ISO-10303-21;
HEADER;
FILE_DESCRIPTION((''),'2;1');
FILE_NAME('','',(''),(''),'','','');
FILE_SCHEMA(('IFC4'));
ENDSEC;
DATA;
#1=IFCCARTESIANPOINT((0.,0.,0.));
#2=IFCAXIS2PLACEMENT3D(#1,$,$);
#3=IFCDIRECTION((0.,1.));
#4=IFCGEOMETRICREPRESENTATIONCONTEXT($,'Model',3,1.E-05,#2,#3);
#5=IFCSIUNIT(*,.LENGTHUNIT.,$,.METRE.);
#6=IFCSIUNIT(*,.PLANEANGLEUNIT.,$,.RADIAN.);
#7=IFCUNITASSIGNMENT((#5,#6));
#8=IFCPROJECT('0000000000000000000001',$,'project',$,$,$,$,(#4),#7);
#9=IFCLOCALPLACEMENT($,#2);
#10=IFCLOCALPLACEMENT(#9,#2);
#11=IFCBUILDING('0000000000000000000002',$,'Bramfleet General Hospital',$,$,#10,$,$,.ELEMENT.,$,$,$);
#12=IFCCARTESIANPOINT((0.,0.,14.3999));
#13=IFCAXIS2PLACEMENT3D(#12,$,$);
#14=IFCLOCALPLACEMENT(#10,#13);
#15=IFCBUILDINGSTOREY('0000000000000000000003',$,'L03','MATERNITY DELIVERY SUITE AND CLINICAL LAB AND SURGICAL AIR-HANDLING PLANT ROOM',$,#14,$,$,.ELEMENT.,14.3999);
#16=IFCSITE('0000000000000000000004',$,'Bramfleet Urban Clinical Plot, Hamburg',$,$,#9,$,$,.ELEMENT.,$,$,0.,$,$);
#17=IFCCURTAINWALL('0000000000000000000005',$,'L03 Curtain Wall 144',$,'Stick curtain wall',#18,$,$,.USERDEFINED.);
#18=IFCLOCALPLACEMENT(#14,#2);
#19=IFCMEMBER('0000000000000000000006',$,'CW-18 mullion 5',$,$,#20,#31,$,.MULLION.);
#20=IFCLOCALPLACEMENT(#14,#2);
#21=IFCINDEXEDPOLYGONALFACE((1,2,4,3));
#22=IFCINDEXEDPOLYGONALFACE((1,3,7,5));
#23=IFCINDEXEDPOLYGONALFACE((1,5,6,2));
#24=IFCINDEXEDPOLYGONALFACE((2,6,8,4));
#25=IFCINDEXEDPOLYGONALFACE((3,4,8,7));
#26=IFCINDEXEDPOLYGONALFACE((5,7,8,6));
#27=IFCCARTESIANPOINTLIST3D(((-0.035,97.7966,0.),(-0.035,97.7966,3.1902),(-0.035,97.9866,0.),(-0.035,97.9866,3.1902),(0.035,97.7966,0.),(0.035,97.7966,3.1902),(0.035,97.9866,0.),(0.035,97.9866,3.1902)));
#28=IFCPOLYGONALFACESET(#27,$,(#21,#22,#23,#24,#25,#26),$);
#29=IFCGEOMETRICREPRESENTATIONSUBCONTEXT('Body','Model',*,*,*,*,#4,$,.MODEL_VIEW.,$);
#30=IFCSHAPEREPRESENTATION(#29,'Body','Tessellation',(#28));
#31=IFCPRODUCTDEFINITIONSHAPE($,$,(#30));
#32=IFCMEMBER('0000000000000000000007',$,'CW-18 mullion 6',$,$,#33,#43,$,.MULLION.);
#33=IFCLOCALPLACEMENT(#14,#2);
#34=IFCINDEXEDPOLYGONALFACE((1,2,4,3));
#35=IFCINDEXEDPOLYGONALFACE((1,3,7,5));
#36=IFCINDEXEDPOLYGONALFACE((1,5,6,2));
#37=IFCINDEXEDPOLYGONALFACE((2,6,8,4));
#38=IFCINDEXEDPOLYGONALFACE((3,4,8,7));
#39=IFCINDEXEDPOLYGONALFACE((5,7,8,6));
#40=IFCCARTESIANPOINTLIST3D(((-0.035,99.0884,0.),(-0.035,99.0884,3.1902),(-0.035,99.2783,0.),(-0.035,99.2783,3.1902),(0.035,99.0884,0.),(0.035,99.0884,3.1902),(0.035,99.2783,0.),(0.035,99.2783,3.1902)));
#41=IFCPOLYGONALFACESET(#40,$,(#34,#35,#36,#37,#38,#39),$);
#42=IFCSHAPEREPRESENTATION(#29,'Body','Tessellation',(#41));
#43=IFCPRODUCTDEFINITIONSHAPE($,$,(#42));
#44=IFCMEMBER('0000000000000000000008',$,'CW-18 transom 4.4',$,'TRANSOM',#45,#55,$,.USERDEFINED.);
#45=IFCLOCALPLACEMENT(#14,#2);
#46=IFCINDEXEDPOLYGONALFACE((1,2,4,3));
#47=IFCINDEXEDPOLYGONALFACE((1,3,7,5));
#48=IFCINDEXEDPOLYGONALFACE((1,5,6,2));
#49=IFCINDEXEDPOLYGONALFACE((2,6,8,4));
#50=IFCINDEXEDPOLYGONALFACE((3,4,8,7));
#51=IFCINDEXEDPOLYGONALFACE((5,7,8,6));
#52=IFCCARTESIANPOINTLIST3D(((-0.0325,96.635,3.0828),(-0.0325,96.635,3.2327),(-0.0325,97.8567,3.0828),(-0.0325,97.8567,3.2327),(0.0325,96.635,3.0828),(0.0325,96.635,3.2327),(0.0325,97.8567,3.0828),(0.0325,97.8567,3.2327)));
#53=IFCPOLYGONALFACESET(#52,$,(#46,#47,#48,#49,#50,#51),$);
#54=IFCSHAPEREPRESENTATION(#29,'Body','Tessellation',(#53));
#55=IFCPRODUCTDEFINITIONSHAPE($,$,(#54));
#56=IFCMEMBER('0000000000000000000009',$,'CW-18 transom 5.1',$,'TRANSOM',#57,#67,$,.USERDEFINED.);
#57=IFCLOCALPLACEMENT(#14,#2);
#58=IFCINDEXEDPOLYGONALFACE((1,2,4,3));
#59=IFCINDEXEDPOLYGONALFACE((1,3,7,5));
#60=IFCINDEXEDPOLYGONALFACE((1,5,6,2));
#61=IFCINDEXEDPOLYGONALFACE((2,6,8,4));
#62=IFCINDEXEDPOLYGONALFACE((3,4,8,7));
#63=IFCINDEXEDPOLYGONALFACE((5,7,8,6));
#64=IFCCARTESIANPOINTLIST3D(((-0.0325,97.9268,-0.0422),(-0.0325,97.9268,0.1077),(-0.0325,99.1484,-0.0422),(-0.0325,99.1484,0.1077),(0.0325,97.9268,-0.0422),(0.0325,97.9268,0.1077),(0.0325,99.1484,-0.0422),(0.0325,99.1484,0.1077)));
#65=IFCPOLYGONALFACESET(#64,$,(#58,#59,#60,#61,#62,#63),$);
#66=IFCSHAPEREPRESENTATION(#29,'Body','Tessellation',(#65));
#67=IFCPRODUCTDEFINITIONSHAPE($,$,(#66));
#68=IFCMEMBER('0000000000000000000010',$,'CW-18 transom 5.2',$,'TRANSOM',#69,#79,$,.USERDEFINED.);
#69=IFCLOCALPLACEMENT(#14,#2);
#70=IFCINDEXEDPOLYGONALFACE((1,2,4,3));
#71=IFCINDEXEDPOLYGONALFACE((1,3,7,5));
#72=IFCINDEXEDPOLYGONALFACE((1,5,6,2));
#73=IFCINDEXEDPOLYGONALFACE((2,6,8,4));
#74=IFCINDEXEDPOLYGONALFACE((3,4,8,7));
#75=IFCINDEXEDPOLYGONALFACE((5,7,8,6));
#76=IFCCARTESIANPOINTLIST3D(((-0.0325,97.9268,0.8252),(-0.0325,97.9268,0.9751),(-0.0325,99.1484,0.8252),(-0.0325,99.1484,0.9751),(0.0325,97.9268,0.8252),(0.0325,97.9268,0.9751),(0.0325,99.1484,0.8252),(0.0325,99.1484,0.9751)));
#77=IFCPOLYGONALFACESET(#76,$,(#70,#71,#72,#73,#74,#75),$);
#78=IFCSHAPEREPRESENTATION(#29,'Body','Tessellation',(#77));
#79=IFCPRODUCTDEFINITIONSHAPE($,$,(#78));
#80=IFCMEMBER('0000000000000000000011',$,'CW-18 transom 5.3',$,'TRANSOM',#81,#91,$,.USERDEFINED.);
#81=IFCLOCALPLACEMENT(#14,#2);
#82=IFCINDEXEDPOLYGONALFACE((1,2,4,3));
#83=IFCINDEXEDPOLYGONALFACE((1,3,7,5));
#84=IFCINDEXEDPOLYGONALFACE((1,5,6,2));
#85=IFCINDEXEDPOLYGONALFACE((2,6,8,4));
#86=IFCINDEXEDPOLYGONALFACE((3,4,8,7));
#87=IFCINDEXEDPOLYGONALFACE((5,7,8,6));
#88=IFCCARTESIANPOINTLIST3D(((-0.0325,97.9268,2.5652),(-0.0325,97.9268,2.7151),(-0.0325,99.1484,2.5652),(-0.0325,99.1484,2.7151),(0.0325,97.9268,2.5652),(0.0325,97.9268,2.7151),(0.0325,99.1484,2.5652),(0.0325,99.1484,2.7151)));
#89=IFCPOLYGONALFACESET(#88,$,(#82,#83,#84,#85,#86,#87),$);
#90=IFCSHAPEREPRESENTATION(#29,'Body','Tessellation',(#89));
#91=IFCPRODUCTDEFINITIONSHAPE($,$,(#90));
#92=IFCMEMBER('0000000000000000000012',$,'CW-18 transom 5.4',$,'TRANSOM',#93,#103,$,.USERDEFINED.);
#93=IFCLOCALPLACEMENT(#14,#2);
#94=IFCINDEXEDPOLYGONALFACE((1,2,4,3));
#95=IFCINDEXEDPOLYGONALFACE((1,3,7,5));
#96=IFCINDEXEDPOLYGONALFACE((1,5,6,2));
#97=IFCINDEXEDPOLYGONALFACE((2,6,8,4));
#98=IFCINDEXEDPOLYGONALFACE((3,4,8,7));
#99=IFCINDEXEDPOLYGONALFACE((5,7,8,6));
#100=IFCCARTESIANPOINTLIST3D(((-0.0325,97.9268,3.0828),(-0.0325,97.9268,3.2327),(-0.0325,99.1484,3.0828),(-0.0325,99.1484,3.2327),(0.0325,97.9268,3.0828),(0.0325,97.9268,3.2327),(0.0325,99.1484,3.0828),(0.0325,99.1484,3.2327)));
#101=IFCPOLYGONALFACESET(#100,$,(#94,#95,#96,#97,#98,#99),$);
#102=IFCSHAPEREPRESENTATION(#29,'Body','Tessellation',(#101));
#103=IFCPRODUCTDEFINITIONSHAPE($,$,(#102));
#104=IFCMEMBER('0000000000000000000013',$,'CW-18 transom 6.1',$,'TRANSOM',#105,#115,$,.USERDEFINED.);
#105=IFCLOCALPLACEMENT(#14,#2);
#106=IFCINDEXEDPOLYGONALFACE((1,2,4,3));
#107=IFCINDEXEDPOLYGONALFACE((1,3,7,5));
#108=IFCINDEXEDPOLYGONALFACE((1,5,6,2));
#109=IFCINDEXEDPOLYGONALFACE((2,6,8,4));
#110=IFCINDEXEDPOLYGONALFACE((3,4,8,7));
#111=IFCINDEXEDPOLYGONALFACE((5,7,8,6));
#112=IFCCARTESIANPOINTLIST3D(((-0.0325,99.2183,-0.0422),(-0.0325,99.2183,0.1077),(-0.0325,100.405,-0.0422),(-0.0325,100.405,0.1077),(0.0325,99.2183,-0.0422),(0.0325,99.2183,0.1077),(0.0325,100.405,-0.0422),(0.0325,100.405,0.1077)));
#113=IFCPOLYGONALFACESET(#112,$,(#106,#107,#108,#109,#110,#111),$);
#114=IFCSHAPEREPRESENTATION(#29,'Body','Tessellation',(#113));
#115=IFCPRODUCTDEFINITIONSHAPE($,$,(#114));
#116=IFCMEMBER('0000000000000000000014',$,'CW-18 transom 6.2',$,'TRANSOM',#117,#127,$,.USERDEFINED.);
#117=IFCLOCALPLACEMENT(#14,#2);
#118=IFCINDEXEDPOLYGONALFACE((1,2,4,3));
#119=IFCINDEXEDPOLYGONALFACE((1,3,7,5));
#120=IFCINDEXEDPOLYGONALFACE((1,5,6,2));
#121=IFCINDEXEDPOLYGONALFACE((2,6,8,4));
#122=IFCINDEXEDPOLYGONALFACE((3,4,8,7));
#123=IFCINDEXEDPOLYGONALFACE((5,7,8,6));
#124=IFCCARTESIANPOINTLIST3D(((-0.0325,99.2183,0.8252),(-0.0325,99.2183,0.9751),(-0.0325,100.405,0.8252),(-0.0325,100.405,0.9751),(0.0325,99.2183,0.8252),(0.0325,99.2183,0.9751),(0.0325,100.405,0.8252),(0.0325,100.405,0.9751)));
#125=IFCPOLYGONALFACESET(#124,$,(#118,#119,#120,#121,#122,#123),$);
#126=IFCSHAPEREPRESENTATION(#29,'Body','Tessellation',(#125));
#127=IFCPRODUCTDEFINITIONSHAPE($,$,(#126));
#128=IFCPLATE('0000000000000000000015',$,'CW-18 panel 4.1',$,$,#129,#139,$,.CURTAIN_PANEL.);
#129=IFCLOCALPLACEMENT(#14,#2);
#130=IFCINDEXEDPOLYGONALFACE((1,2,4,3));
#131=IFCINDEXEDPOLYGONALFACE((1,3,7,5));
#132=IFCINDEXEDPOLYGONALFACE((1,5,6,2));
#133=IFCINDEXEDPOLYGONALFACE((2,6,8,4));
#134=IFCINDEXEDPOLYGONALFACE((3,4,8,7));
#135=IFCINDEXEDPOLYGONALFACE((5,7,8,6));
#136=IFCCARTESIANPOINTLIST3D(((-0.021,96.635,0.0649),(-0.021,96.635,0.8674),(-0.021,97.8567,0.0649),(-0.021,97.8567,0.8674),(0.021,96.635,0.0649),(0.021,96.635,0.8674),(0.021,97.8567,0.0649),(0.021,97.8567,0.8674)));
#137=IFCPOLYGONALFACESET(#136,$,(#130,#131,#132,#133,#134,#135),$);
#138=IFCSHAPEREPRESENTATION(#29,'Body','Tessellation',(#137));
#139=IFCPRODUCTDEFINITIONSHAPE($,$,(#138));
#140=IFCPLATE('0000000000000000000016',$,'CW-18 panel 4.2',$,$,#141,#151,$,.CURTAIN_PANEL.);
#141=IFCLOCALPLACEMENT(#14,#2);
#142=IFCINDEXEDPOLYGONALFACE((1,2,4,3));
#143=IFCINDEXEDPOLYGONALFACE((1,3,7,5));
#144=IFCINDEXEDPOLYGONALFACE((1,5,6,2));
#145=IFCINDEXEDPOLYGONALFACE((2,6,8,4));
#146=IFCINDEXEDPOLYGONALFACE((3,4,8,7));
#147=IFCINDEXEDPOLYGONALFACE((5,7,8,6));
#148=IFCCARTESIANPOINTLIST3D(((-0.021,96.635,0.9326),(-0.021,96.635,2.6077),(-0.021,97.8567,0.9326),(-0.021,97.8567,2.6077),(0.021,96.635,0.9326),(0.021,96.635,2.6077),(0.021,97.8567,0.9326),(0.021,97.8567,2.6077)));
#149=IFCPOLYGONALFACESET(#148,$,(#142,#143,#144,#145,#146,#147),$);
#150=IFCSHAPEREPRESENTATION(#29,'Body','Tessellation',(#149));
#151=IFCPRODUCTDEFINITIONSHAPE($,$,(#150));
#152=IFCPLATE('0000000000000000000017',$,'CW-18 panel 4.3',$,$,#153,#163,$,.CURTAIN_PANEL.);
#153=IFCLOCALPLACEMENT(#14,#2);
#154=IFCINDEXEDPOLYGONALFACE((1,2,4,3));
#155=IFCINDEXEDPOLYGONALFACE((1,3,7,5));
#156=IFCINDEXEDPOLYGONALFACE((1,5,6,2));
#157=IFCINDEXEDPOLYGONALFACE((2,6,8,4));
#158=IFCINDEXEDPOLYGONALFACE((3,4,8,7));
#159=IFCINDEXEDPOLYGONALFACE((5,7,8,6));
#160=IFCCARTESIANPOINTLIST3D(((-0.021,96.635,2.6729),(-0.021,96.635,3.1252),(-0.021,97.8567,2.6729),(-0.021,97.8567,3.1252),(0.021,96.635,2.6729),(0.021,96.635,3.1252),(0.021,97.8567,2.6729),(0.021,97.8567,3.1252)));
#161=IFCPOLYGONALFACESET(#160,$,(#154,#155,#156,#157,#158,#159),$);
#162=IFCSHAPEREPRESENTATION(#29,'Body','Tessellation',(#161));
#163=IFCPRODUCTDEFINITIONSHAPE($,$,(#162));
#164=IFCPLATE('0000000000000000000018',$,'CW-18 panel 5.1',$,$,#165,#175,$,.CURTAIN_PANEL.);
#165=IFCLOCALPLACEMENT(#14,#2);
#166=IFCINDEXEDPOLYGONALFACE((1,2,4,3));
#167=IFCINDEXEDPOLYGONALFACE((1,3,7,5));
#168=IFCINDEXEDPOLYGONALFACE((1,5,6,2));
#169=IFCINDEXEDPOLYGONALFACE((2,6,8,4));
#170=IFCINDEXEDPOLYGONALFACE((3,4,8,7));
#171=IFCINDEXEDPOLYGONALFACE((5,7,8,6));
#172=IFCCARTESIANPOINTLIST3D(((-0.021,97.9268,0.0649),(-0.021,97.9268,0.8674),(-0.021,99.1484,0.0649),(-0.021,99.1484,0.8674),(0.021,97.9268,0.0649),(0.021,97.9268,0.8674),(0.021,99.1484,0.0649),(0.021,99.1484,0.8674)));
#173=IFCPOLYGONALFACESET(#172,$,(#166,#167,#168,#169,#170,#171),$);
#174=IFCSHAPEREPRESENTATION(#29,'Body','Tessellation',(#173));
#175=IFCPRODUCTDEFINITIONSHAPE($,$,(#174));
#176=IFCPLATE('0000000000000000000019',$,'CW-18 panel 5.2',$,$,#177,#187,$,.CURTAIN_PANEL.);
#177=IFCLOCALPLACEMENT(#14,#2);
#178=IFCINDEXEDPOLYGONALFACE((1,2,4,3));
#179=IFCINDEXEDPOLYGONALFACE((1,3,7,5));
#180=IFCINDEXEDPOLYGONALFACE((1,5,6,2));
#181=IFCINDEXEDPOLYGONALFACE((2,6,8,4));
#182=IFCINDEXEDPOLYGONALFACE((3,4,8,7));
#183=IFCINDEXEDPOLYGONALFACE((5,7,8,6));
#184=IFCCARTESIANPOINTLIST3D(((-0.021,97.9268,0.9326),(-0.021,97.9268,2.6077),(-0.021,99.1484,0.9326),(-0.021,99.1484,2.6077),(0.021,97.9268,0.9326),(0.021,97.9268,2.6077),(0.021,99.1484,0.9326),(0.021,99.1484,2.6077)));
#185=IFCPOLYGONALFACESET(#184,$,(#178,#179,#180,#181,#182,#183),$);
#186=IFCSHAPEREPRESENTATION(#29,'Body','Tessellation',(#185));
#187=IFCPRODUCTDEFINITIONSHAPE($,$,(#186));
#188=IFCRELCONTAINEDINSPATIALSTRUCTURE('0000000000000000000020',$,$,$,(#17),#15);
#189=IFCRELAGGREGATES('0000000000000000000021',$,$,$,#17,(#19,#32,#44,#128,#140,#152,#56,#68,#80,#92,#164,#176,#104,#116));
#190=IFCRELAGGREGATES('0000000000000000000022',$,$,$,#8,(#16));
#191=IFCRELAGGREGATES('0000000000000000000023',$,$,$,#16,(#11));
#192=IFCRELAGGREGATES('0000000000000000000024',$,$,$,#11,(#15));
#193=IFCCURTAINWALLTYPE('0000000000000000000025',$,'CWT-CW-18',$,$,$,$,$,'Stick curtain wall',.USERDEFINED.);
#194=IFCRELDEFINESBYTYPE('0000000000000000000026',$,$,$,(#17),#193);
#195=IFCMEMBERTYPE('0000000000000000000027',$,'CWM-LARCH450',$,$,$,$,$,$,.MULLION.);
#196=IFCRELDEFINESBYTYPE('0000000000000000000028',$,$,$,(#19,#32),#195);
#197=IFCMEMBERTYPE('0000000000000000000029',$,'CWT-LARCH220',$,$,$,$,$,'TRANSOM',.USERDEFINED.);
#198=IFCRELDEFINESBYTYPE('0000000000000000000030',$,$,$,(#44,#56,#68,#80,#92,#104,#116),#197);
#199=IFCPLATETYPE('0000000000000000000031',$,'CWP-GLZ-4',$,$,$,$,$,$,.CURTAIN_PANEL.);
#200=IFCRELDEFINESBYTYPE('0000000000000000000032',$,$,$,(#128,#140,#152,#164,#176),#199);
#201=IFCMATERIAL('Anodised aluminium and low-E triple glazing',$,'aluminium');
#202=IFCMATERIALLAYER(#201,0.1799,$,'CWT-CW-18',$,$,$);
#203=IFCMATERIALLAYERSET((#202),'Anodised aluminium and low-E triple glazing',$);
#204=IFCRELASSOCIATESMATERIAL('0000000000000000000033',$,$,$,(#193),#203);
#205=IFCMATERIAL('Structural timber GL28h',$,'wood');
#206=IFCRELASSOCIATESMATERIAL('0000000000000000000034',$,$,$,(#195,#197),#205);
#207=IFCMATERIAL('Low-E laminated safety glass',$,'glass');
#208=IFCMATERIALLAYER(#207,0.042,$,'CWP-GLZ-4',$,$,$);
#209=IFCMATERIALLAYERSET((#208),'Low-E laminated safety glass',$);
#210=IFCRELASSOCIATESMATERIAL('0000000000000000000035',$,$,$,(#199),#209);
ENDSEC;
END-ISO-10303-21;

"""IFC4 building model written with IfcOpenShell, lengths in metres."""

from ifc_helpers import new_model, si_unit, direction, frame, origin, origin_2d, place, context, subcontext, project, spatial, rectangle, extrude, material, layer, layer_set, material_profile, profile_set, type_object, element, aggregate, save


model = new_model("IFC4")

# Units and contexts
model_context = context("Model", 3, precision=1e-05, world=origin(), true_north=direction((0.0, 1.0)))
body_context = subcontext(model_context, "Body", "Model", "MODEL_VIEW")
ifc_project = project(units=[si_unit("LENGTHUNIT", "METRE"), si_unit("PLANEANGLEUNIT", "RADIAN")], contexts=[model_context])

# Site, building, storey
site_placement = place(None, origin())
site = spatial("IfcSite", under=ifc_project, at=site_placement, Name="Bramfleet Urban Clinical Plot, Hamburg", CompositionType="ELEMENT", RefElevation=0.0)
building_placement = place(site_placement, origin())
building = spatial("IfcBuilding", under=site, at=building_placement, Name="Bramfleet General Hospital", CompositionType="ELEMENT")
storey_placement = place(building_placement, frame((0.0, 0.0, 14.3999)))
storey = spatial("IfcBuildingStorey", under=building, at=storey_placement, Name="L03", Description="MATERNITY DELIVERY SUITE AND CLINICAL LAB AND SURGICAL AIR-HANDLING PLANT ROOM", CompositionType="ELEMENT", Elevation=14.3999)

# Curtain wall, members, plates
ifc_material_1 = material(Name="Anodised aluminium and low-E triple glazing", Category="aluminium")
ifc_layer_1 = layer(ifc_material_1, 0.1799, Name="CWT-CW-18")
ifc_layer_set_1 = layer_set([ifc_layer_1], Name="Anodised aluminium and low-E triple glazing")
curtain_wall_type = type_object("IfcCurtainWallType", Name="CWT-CW-18", ElementType="Stick curtain wall", PredefinedType="USERDEFINED", material=ifc_layer_set_1)
curtain_wall_placement = place(storey_placement, origin())
curtain_wall = element("IfcCurtainWall", 1, at=curtain_wall_placement, inside=storey, type_object=curtain_wall_type, Name="L03 Curtain Wall 144", ObjectType="Stick curtain wall", PredefinedType="USERDEFINED")
ifc_material_2 = material(Name="Structural timber GL28h", Category="wood")
ifc_material_profile_1 = material_profile(ifc_material_2, rectangle(XDim=0.0701, YDim=0.1899, at=origin_2d()), Name="LARCH 190x70")
ifc_profile_set_1 = profile_set([ifc_material_profile_1], Name="Structural timber GL28h")
member_type_1 = type_object("IfcMemberType", Name="CWM-LARCH450", PredefinedType="MULLION", material=ifc_profile_set_1)
member_1_placement = place(storey_placement, frame((0.0, 97.8916, 0.0), z_axis=(0.0, 0.0, 1.0), x_axis=(-1.0, 0.0, 0.0)))
member_1 = element("IfcMember", 2, at=member_1_placement, type_object=member_type_1, Name="CW-18 mullion 5", PredefinedType="MULLION", context=body_context, shape_type="SweptSolid", body=[
    extrude(rectangle(XDim=0.0701, YDim=0.1899, at=origin_2d()), origin(), (0.0, 0.0, 1.0), 3.1902),
])
member_2_placement = place(storey_placement, frame((0.0, 99.1833, 0.0), z_axis=(0.0, 0.0, 1.0), x_axis=(-1.0, 0.0, 0.0)))
member_2 = element("IfcMember", 3, at=member_2_placement, type_object=member_type_1, Name="CW-18 mullion 6", PredefinedType="MULLION", context=body_context, shape_type="SweptSolid", body=[
    extrude(rectangle(XDim=0.0701, YDim=0.1899, at=origin_2d()), origin(), (0.0, 0.0, 1.0), 3.1902),
])
ifc_material_profile_2 = material_profile(ifc_material_2, rectangle(XDim=0.0649, YDim=0.1499, at=origin_2d()), Name="LARCH 150x65")
ifc_profile_set_2 = profile_set([ifc_material_profile_2], Name="Structural timber GL28h")
member_type_2 = type_object("IfcMemberType", Name="CWT-LARCH220", ElementType="TRANSOM", PredefinedType="USERDEFINED", material=ifc_profile_set_2)
member_3_placement = place(storey_placement, frame((0.0, 96.635, 3.1577), z_axis=(0.0, 1.0, 0.0), x_axis=(-1.0, 0.0, 0.0)))
member_3 = element("IfcMember", 4, at=member_3_placement, type_object=member_type_2, Name="CW-18 transom 4.4", ObjectType="TRANSOM", PredefinedType="USERDEFINED", context=body_context, shape_type="SweptSolid", body=[
    extrude(rectangle(XDim=0.0649, YDim=0.1499, at=origin_2d()), origin(), (0.0, 0.0, 1.0), 1.2217),
])
member_4_placement = place(storey_placement, frame((0.0, 97.9268, 0.0327), z_axis=(0.0, 1.0, 0.0), x_axis=(-1.0, 0.0, 0.0)))
member_4 = element("IfcMember", 5, at=member_4_placement, type_object=member_type_2, Name="CW-18 transom 5.1", ObjectType="TRANSOM", PredefinedType="USERDEFINED", context=body_context, shape_type="SweptSolid", body=[
    extrude(rectangle(XDim=0.0649, YDim=0.1499, at=origin_2d()), origin(), (0.0, 0.0, 1.0), 1.2217),
])
member_5_placement = place(storey_placement, frame((0.0, 97.9268, 0.9001), z_axis=(0.0, 1.0, 0.0), x_axis=(-1.0, 0.0, 0.0)))
member_5 = element("IfcMember", 6, at=member_5_placement, type_object=member_type_2, Name="CW-18 transom 5.2", ObjectType="TRANSOM", PredefinedType="USERDEFINED", context=body_context, shape_type="SweptSolid", body=[
    extrude(rectangle(XDim=0.0649, YDim=0.1499, at=origin_2d()), origin(), (0.0, 0.0, 1.0), 1.2217),
])
member_6_placement = place(storey_placement, frame((0.0, 97.9268, 2.6401), z_axis=(0.0, 1.0, 0.0), x_axis=(-1.0, 0.0, 0.0)))
member_6 = element("IfcMember", 7, at=member_6_placement, type_object=member_type_2, Name="CW-18 transom 5.3", ObjectType="TRANSOM", PredefinedType="USERDEFINED", context=body_context, shape_type="SweptSolid", body=[
    extrude(rectangle(XDim=0.0649, YDim=0.1499, at=origin_2d()), origin(), (0.0, 0.0, 1.0), 1.2217),
])
member_7_placement = place(storey_placement, frame((0.0, 97.9268, 3.1577), z_axis=(0.0, 1.0, 0.0), x_axis=(-1.0, 0.0, 0.0)))
member_7 = element("IfcMember", 8, at=member_7_placement, type_object=member_type_2, Name="CW-18 transom 5.4", ObjectType="TRANSOM", PredefinedType="USERDEFINED", context=body_context, shape_type="SweptSolid", body=[
    extrude(rectangle(XDim=0.0649, YDim=0.1499, at=origin_2d()), origin(), (0.0, 0.0, 1.0), 1.2217),
])
member_8_placement = place(storey_placement, frame((0.0, 99.2183, 0.0327), z_axis=(0.0, 1.0, 0.0), x_axis=(-1.0, 0.0, 0.0)))
member_8 = element("IfcMember", 9, at=member_8_placement, type_object=member_type_2, Name="CW-18 transom 6.1", ObjectType="TRANSOM", PredefinedType="USERDEFINED", context=body_context, shape_type="SweptSolid", body=[
    extrude(rectangle(XDim=0.0649, YDim=0.1499, at=origin_2d()), origin(), (0.0, 0.0, 1.0), 1.1868),
])
member_9_placement = place(storey_placement, frame((0.0, 99.2183, 0.9001), z_axis=(0.0, 1.0, 0.0), x_axis=(-1.0, 0.0, 0.0)))
member_9 = element("IfcMember", 10, at=member_9_placement, type_object=member_type_2, Name="CW-18 transom 6.2", ObjectType="TRANSOM", PredefinedType="USERDEFINED", context=body_context, shape_type="SweptSolid", body=[
    extrude(rectangle(XDim=0.0649, YDim=0.1499, at=origin_2d()), origin(), (0.0, 0.0, 1.0), 1.1868),
])
ifc_material_3 = material(Name="Low-E laminated safety glass", Category="glass")
ifc_layer_2 = layer(ifc_material_3, 0.042, Name="CWP-GLZ-4")
ifc_layer_set_2 = layer_set([ifc_layer_2], Name="Low-E laminated safety glass")
plate_type = type_object("IfcPlateType", Name="CWP-GLZ-4", PredefinedType="CURTAIN_PANEL", material=ifc_layer_set_2)
plate_1_placement = place(storey_placement, frame((0.0, 97.2458, 0.0649), z_axis=(0.0, 0.0, 1.0), x_axis=(0.0, 1.0, 0.0)))
plate_1 = element("IfcPlate", 11, at=plate_1_placement, type_object=plate_type, Name="CW-18 panel 4.1", PredefinedType="CURTAIN_PANEL", context=body_context, shape_type="SweptSolid", body=[
    extrude(rectangle(XDim=1.2217, YDim=0.042, at=origin_2d()), origin(), (0.0, 0.0, 1.0), 0.8025),
])
plate_2_placement = place(storey_placement, frame((0.0, 97.2458, 0.9326), z_axis=(0.0, 0.0, 1.0), x_axis=(0.0, 1.0, 0.0)))
plate_2 = element("IfcPlate", 12, at=plate_2_placement, type_object=plate_type, Name="CW-18 panel 4.2", PredefinedType="CURTAIN_PANEL", context=body_context, shape_type="SweptSolid", body=[
    extrude(rectangle(XDim=1.2217, YDim=0.042, at=origin_2d()), origin(), (0.0, 0.0, 1.0), 1.675),
])
plate_3_placement = place(storey_placement, frame((0.0, 97.2458, 2.6729), z_axis=(0.0, 0.0, 1.0), x_axis=(0.0, 1.0, 0.0)))
plate_3 = element("IfcPlate", 13, at=plate_3_placement, type_object=plate_type, Name="CW-18 panel 4.3", PredefinedType="CURTAIN_PANEL", context=body_context, shape_type="SweptSolid", body=[
    extrude(rectangle(XDim=1.2217, YDim=0.042, at=origin_2d()), origin(), (0.0, 0.0, 1.0), 0.4524),
])
plate_4_placement = place(storey_placement, frame((0.0, 98.5376, 0.0649), z_axis=(0.0, 0.0, 1.0), x_axis=(0.0, 1.0, 0.0)))
plate_4 = element("IfcPlate", 14, at=plate_4_placement, type_object=plate_type, Name="CW-18 panel 5.1", PredefinedType="CURTAIN_PANEL", context=body_context, shape_type="SweptSolid", body=[
    extrude(rectangle(XDim=1.2217, YDim=0.042, at=origin_2d()), origin(), (0.0, 0.0, 1.0), 0.8025),
])
plate_5_placement = place(storey_placement, frame((0.0, 98.5376, 0.9326), z_axis=(0.0, 0.0, 1.0), x_axis=(0.0, 1.0, 0.0)))
plate_5 = element("IfcPlate", 15, at=plate_5_placement, type_object=plate_type, Name="CW-18 panel 5.2", PredefinedType="CURTAIN_PANEL", context=body_context, shape_type="SweptSolid", body=[
    extrude(rectangle(XDim=1.2217, YDim=0.042, at=origin_2d()), origin(), (0.0, 0.0, 1.0), 1.675),
])
aggregate(curtain_wall, [member_1, member_2, member_3, plate_1, plate_2, plate_3, member_4, member_5, member_6, member_7, plate_4, plate_5, member_8, member_9])

save(model, "model.ifc")
